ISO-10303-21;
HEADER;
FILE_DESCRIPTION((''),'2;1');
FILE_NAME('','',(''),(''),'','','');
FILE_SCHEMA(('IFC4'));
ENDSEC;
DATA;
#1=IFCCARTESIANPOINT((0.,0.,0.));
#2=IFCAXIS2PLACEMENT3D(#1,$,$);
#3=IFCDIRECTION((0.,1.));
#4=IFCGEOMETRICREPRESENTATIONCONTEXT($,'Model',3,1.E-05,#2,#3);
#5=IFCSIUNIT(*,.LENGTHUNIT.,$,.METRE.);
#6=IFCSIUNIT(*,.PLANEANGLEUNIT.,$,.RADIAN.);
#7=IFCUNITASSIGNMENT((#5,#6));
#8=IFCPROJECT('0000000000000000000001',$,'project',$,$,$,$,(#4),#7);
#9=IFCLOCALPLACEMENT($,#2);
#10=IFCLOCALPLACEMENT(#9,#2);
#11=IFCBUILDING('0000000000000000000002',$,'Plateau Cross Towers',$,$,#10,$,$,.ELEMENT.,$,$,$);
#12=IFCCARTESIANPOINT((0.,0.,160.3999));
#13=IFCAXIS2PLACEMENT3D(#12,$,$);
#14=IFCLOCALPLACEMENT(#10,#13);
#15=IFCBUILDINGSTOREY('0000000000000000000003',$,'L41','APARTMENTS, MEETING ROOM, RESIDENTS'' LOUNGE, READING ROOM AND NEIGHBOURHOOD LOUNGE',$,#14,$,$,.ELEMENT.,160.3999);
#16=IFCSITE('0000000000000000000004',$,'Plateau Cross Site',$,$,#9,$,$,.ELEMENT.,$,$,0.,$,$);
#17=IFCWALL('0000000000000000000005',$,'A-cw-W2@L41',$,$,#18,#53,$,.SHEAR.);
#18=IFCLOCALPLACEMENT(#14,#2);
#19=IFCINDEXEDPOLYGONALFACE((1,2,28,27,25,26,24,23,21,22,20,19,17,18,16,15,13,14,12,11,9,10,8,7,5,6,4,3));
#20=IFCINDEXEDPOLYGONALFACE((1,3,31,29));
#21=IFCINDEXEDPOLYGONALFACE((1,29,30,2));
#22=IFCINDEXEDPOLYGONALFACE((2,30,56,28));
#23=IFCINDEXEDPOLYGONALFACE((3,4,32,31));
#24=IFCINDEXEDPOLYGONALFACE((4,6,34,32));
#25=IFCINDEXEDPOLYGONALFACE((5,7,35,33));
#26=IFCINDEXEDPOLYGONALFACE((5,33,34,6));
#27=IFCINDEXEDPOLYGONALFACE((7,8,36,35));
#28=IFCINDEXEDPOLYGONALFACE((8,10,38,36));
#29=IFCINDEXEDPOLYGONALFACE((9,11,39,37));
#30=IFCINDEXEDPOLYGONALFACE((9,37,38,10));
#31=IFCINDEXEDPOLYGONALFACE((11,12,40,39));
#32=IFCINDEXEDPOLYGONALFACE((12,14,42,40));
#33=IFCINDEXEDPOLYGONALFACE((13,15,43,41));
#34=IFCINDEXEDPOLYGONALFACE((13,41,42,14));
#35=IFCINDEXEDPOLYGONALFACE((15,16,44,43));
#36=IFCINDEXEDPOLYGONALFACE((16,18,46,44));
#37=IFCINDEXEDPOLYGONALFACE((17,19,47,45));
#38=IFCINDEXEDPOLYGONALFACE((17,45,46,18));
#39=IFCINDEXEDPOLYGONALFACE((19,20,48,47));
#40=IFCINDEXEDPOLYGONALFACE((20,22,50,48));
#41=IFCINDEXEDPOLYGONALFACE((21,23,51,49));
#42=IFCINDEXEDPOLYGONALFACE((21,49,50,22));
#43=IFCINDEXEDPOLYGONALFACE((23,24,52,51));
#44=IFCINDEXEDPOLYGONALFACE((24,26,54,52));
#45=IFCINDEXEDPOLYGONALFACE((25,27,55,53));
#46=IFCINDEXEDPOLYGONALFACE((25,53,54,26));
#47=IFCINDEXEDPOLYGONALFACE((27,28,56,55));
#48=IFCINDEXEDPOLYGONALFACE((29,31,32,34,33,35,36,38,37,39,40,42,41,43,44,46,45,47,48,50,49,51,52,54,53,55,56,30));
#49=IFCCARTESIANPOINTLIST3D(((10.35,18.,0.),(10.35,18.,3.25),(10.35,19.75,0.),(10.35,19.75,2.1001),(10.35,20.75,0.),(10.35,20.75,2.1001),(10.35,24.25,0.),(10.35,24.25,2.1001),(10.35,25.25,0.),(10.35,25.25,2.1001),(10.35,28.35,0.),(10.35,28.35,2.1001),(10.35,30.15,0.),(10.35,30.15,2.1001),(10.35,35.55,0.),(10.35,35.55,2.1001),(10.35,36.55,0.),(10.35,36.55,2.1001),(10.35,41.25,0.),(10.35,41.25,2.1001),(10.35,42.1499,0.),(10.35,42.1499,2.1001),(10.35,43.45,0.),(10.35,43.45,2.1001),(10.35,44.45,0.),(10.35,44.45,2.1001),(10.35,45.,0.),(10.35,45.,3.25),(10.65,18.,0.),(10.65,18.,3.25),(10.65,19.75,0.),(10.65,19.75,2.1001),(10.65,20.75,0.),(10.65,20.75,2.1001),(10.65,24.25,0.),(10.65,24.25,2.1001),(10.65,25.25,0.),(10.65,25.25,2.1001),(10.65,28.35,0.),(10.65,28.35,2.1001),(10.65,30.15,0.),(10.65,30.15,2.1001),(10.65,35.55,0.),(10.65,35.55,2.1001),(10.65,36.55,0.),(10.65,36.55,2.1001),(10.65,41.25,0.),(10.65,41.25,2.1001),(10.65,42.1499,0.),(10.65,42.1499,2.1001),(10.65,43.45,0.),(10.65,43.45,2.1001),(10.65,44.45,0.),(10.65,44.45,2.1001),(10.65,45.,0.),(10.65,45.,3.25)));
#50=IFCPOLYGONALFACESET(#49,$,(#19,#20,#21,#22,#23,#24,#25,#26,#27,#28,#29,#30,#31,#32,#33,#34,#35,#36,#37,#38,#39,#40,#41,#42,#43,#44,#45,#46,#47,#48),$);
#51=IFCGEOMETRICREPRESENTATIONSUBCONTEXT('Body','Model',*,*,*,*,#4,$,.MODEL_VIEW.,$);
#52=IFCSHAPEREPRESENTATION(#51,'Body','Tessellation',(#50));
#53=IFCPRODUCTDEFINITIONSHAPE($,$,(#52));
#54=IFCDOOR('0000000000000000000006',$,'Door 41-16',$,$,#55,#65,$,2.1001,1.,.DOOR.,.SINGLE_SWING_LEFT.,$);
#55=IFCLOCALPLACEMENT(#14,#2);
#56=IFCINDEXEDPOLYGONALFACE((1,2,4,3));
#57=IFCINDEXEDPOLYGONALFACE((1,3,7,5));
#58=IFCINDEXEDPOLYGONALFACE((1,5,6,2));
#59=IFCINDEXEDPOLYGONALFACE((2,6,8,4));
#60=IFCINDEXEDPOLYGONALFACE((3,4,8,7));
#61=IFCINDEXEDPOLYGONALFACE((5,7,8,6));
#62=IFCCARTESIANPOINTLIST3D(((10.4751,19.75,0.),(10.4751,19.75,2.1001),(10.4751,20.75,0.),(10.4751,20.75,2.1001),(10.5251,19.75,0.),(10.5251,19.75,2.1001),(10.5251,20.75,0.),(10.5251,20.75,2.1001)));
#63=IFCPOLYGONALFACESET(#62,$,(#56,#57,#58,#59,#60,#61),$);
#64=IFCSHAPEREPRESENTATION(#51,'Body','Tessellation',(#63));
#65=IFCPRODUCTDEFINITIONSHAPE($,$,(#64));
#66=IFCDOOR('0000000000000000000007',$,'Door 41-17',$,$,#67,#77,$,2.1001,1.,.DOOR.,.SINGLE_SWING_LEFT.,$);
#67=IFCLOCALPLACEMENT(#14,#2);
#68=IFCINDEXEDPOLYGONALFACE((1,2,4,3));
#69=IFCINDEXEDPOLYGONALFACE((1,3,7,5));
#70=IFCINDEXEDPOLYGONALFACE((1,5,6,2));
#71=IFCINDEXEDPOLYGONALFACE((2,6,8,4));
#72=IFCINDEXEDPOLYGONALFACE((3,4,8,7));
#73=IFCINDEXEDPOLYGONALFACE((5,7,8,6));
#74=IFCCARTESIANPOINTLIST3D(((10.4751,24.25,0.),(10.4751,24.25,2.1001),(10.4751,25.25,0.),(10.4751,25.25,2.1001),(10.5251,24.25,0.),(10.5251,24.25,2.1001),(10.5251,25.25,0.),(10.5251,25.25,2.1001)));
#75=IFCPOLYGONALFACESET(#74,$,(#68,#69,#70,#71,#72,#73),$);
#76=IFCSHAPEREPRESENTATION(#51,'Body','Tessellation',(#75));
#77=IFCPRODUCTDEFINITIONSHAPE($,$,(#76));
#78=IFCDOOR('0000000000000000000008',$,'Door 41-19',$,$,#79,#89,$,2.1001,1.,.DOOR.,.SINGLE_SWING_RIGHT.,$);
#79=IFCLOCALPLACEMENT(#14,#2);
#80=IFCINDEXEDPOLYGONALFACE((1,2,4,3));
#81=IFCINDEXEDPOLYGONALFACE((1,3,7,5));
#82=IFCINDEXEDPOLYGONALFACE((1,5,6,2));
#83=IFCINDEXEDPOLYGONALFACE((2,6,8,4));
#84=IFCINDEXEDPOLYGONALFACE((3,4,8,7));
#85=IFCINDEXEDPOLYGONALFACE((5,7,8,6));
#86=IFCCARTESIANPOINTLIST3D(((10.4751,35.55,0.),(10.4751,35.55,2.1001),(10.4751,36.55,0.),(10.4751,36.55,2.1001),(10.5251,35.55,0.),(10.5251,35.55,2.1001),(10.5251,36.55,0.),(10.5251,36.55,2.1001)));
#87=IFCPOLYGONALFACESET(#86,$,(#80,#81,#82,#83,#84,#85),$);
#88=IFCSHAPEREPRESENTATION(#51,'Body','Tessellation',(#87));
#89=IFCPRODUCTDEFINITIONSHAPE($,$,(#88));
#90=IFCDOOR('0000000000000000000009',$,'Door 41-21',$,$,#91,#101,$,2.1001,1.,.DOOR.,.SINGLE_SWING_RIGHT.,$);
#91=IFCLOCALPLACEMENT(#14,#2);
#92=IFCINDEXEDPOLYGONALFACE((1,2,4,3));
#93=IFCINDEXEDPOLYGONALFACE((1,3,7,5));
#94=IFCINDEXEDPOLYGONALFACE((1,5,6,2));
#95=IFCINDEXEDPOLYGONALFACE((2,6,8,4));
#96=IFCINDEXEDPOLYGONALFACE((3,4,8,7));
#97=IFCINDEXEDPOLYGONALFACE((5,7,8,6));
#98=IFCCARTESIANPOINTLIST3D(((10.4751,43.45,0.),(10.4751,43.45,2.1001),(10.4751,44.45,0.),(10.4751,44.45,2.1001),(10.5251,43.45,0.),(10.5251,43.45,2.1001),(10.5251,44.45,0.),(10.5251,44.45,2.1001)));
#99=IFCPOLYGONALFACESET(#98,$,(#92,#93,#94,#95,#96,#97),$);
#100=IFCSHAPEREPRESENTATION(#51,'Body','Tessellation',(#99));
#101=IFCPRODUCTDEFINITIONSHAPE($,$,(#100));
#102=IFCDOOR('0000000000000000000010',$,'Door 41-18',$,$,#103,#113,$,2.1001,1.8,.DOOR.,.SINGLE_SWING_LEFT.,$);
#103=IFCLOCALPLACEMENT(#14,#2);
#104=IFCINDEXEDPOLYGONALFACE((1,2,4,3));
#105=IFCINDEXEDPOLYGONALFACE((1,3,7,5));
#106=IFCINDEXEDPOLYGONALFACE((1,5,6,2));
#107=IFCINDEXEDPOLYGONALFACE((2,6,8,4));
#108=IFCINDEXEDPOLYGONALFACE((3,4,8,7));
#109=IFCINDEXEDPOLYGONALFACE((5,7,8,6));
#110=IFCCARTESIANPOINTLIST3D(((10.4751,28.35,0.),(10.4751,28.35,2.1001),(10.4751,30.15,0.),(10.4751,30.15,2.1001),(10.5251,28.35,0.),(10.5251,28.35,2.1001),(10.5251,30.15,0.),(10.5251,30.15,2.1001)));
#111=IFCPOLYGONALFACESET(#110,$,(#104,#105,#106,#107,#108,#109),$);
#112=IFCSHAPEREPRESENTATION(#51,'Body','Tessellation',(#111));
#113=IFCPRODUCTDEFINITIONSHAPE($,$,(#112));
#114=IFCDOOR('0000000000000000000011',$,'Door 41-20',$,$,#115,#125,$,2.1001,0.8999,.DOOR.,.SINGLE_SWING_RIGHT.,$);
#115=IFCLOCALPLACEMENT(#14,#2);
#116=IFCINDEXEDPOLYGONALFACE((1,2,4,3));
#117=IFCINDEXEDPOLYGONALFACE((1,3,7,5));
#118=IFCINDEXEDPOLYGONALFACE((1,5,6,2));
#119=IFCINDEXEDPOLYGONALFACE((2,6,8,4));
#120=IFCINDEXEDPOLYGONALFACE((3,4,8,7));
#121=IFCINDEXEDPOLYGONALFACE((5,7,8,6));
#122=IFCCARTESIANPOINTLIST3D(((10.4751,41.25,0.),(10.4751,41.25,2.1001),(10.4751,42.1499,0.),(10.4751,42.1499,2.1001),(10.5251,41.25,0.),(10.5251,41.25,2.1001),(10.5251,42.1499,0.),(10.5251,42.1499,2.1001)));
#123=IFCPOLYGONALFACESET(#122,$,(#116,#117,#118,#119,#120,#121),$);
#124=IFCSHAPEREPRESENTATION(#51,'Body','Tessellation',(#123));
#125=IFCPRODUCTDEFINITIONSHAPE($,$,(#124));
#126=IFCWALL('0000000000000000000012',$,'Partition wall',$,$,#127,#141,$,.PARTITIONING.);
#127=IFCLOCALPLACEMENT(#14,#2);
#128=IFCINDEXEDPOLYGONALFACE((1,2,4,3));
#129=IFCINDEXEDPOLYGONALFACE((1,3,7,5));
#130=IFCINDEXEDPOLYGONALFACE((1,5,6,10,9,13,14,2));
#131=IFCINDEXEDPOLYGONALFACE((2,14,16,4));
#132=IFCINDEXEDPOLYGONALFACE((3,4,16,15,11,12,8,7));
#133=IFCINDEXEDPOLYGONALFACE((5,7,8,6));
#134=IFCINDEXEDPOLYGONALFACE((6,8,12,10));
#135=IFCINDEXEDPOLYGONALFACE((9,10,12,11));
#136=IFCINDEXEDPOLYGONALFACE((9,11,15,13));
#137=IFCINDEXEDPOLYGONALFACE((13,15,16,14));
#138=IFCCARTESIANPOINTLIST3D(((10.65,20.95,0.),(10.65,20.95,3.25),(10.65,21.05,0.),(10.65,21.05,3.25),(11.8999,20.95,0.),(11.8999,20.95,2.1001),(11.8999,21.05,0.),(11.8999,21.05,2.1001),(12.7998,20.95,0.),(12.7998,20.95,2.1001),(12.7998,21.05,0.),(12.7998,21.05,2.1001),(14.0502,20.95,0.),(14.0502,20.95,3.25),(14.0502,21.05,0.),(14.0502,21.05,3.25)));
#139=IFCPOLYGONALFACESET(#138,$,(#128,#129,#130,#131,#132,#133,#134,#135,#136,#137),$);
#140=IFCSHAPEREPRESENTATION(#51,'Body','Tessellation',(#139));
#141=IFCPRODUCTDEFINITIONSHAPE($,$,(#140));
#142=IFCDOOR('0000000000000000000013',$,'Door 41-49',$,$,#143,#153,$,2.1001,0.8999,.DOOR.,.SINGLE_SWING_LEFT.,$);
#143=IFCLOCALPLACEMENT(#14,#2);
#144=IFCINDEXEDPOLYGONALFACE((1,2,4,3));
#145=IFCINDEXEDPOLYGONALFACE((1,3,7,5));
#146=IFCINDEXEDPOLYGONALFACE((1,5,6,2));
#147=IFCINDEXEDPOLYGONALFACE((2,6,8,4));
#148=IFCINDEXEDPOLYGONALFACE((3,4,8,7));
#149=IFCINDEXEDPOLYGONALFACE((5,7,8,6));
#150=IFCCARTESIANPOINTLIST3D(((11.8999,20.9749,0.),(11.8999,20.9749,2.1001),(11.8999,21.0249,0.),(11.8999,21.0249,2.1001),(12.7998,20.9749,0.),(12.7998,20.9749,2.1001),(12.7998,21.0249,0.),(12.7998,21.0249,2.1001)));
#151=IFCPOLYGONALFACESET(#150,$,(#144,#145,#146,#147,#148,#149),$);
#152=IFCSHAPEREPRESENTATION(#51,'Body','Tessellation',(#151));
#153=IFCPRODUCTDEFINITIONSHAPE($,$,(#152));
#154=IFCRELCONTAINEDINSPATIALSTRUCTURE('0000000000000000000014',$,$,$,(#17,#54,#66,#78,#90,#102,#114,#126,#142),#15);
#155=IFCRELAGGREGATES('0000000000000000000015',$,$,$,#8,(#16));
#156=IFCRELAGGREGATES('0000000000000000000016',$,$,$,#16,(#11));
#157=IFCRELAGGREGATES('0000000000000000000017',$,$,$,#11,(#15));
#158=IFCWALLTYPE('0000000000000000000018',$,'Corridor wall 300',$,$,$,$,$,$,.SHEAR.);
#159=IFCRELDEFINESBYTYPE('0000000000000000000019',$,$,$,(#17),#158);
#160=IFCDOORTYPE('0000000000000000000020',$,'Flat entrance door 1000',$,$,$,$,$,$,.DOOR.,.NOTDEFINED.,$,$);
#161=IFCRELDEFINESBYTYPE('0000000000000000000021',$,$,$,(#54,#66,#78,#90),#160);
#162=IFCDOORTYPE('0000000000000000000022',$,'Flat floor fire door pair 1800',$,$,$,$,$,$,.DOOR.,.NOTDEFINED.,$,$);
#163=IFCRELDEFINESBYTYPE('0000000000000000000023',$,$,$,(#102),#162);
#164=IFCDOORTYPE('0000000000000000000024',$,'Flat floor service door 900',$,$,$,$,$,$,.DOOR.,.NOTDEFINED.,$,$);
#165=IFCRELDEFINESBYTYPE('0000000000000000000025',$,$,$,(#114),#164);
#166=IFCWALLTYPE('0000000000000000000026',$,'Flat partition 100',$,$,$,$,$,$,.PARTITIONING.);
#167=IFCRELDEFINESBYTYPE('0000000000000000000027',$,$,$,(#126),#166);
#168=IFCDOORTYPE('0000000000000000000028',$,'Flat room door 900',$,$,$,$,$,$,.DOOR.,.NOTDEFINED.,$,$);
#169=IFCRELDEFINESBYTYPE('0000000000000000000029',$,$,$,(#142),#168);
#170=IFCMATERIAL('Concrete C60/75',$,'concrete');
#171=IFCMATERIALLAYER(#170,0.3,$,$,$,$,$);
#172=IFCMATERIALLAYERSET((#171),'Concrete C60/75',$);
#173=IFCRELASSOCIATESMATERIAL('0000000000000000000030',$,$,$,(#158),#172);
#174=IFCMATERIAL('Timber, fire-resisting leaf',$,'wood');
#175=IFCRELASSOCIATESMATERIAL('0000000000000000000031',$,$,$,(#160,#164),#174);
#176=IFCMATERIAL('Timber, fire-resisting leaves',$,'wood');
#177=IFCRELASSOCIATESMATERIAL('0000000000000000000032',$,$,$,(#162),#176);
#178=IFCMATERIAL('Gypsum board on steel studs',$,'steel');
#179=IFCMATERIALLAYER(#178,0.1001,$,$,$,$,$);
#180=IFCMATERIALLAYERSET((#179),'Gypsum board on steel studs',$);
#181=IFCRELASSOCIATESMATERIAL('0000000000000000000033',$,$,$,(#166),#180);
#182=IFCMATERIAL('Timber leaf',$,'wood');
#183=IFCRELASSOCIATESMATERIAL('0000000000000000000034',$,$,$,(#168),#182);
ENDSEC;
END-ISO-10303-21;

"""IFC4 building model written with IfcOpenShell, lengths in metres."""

from ifc_helpers import new_model, si_unit, direction, frame, frame_2d, origin, place, context, subcontext, project, spatial, rectangle, extrude, material, layer, layer_set, type_object, element, fill, save


model = new_model("IFC4")

# Units and contexts
model_context = context("Model", 3, precision=1e-05, world=origin(), true_north=direction((0.0, 1.0)))
body_context = subcontext(model_context, "Body", "Model", "MODEL_VIEW")
ifc_project = project(units=[si_unit("LENGTHUNIT", "METRE"), si_unit("PLANEANGLEUNIT", "RADIAN")], contexts=[model_context])

# Site, building, storey
site_placement = place(None, origin())
site = spatial("IfcSite", under=ifc_project, at=site_placement, Name="Plateau Cross Site", CompositionType="ELEMENT", RefElevation=0.0)
building_placement = place(site_placement, origin())
building = spatial("IfcBuilding", under=site, at=building_placement, Name="Plateau Cross Towers", CompositionType="ELEMENT")
storey_placement = place(building_placement, frame((0.0, 0.0, 160.3999)))
storey = spatial("IfcBuildingStorey", under=building, at=storey_placement, Name="L41", Description="APARTMENTS, MEETING ROOM, RESIDENTS' LOUNGE, READING ROOM AND NEIGHBOURHOOD LOUNGE", CompositionType="ELEMENT", Elevation=160.3999)

# Wall, openings, doors
ifc_material_1 = material(Name="Concrete C60/75", Category="concrete")
ifc_layer_1 = layer(ifc_material_1, 0.3)
ifc_layer_set_1 = layer_set([ifc_layer_1], Name="Concrete C60/75")
wall_type_1 = type_object("IfcWallType", Name="Corridor wall 300", PredefinedType="SHEAR", material=ifc_layer_set_1)
ifc_material_2 = material(Name="Timber, fire-resisting leaf", Category="wood")
door_type_1 = type_object("IfcDoorType", Name="Flat entrance door 1000", OperationType="NOTDEFINED", PredefinedType="DOOR", material=ifc_material_2)
wall_1_placement = place(storey_placement, frame((10.5, 18.0, 0.0), z_axis=(0.0, 0.0, 1.0), x_axis=(0.0, 1.0, 0.0)))
wall_1 = element("IfcWall", 1, at=wall_1_placement, inside=storey, type_object=wall_type_1, Name="A-cw-W2@L41", PredefinedType="SHEAR", context=body_context, shape_type="SweptSolid", body=[
    extrude(rectangle(XDim=27.0, YDim=0.3, at=frame_2d((13.5, 0.0))), origin(), (0.0, 0.0, 1.0), 3.25),
])
opening_1_placement = place(wall_1_placement, frame((1.75, 0.0, 0.0)))
opening_1 = element("IfcOpeningElement", 2, at=opening_1_placement, cuts=wall_1, PredefinedType="OPENING", context=body_context, shape_type="SweptSolid", body=[
    extrude(rectangle(XDim=1.0, YDim=2.1001, at=frame_2d((0.5, 1.05))), frame((0.0, 0.1599, 0.0), z_axis=(0.0, -1.0, 0.0), x_axis=(1.0, 0.0, 0.0)), (0.0, 0.0, 1.0), 0.3201),
])
opening_2_placement = place(wall_1_placement, frame((6.25, 0.0, 0.0)))
opening_2 = element("IfcOpeningElement", 3, at=opening_2_placement, cuts=wall_1, PredefinedType="OPENING", context=body_context, shape_type="SweptSolid", body=[
    extrude(rectangle(XDim=1.0, YDim=2.1001, at=frame_2d((0.5, 1.05))), frame((0.0, 0.1599, 0.0), z_axis=(0.0, -1.0, 0.0), x_axis=(1.0, 0.0, 0.0)), (0.0, 0.0, 1.0), 0.3201),
])
opening_3_placement = place(wall_1_placement, frame((10.3501, 0.0, 0.0)))
opening_3 = element("IfcOpeningElement", 4, at=opening_3_placement, cuts=wall_1, PredefinedType="OPENING", context=body_context, shape_type="SweptSolid", body=[
    extrude(rectangle(XDim=1.8, YDim=2.1001, at=frame_2d((0.8999, 1.05))), frame((0.0, 0.1599, 0.0), z_axis=(0.0, -1.0, 0.0), x_axis=(1.0, 0.0, 0.0)), (0.0, 0.0, 1.0), 0.3201),
])
opening_4_placement = place(wall_1_placement, frame((17.55, 0.0, 0.0)))
opening_4 = element("IfcOpeningElement", 5, at=opening_4_placement, cuts=wall_1, PredefinedType="OPENING", context=body_context, shape_type="SweptSolid", body=[
    extrude(rectangle(XDim=1.0, YDim=2.1001, at=frame_2d((0.5, 1.05))), frame((0.0, 0.1599, 0.0), z_axis=(0.0, -1.0, 0.0), x_axis=(1.0, 0.0, 0.0)), (0.0, 0.0, 1.0), 0.3201),
])
opening_5_placement = place(wall_1_placement, frame((23.25, 0.0, 0.0)))
opening_5 = element("IfcOpeningElement", 6, at=opening_5_placement, cuts=wall_1, PredefinedType="OPENING", context=body_context, shape_type="SweptSolid", body=[
    extrude(rectangle(XDim=0.8999, YDim=2.1001, at=frame_2d((0.45, 1.05))), frame((0.0, 0.1599, 0.0), z_axis=(0.0, -1.0, 0.0), x_axis=(1.0, 0.0, 0.0)), (0.0, 0.0, 1.0), 0.3201),
])
opening_6_placement = place(wall_1_placement, frame((25.45, 0.0, 0.0)))
opening_6 = element("IfcOpeningElement", 7, at=opening_6_placement, cuts=wall_1, PredefinedType="OPENING", context=body_context, shape_type="SweptSolid", body=[
    extrude(rectangle(XDim=1.0, YDim=2.1001, at=frame_2d((0.5, 1.05))), frame((0.0, 0.1599, 0.0), z_axis=(0.0, -1.0, 0.0), x_axis=(1.0, 0.0, 0.0)), (0.0, 0.0, 1.0), 0.3201),
])
door_1_placement = place(opening_1_placement, origin())
door_1 = element("IfcDoor", 8, at=door_1_placement, inside=storey, type_object=door_type_1, Name="Door 41-16", OperationType="SINGLE_SWING_LEFT", OverallHeight=2.1001, OverallWidth=1.0, PredefinedType="DOOR", context=body_context, shape_type="SweptSolid", body=[
    extrude(rectangle(XDim=1.0, YDim=2.1001, at=frame_2d((0.5, 1.05))), frame((0.0, 0.0249, 0.0), z_axis=(0.0, -1.0, 0.0), x_axis=(1.0, 0.0, 0.0)), (0.0, 0.0, 1.0), 0.05),
])
fill(opening_1, door_1)
door_2_placement = place(opening_2_placement, origin())
door_2 = element("IfcDoor", 9, at=door_2_placement, inside=storey, type_object=door_type_1, Name="Door 41-17", OperationType="SINGLE_SWING_LEFT", OverallHeight=2.1001, OverallWidth=1.0, PredefinedType="DOOR", context=body_context, shape_type="SweptSolid", body=[
    extrude(rectangle(XDim=1.0, YDim=2.1001, at=frame_2d((0.5, 1.05))), frame((0.0, 0.0249, 0.0), z_axis=(0.0, -1.0, 0.0), x_axis=(1.0, 0.0, 0.0)), (0.0, 0.0, 1.0), 0.05),
])
fill(opening_2, door_2)
door_3_placement = place(opening_4_placement, origin())
door_3 = element("IfcDoor", 10, at=door_3_placement, inside=storey, type_object=door_type_1, Name="Door 41-19", OperationType="SINGLE_SWING_RIGHT", OverallHeight=2.1001, OverallWidth=1.0, PredefinedType="DOOR", context=body_context, shape_type="SweptSolid", body=[
    extrude(rectangle(XDim=1.0, YDim=2.1001, at=frame_2d((0.5, 1.05))), frame((0.0, 0.0249, 0.0), z_axis=(0.0, -1.0, 0.0), x_axis=(1.0, 0.0, 0.0)), (0.0, 0.0, 1.0), 0.05),
])
fill(opening_4, door_3)
door_4_placement = place(opening_6_placement, origin())
door_4 = element("IfcDoor", 11, at=door_4_placement, inside=storey, type_object=door_type_1, Name="Door 41-21", OperationType="SINGLE_SWING_RIGHT", OverallHeight=2.1001, OverallWidth=1.0, PredefinedType="DOOR", context=body_context, shape_type="SweptSolid", body=[
    extrude(rectangle(XDim=1.0, YDim=2.1001, at=frame_2d((0.5, 1.05))), frame((0.0, 0.0249, 0.0), z_axis=(0.0, -1.0, 0.0), x_axis=(1.0, 0.0, 0.0)), (0.0, 0.0, 1.0), 0.05),
])
fill(opening_6, door_4)
ifc_material_3 = material(Name="Timber, fire-resisting leaves", Category="wood")
door_type_2 = type_object("IfcDoorType", Name="Flat floor fire door pair 1800", OperationType="NOTDEFINED", PredefinedType="DOOR", material=ifc_material_3)
door_5_placement = place(opening_3_placement, origin())
door_5 = element("IfcDoor", 12, at=door_5_placement, inside=storey, type_object=door_type_2, Name="Door 41-18", OperationType="SINGLE_SWING_LEFT", OverallHeight=2.1001, OverallWidth=1.8, PredefinedType="DOOR", context=body_context, shape_type="SweptSolid", body=[
    extrude(rectangle(XDim=1.8, YDim=2.1001, at=frame_2d((0.8999, 1.05))), frame((0.0, 0.0249, 0.0), z_axis=(0.0, -1.0, 0.0), x_axis=(1.0, 0.0, 0.0)), (0.0, 0.0, 1.0), 0.05),
])
fill(opening_3, door_5)
door_type_3 = type_object("IfcDoorType", Name="Flat floor service door 900", OperationType="NOTDEFINED", PredefinedType="DOOR", material=ifc_material_2)
door_6_placement = place(opening_5_placement, origin())
door_6 = element("IfcDoor", 13, at=door_6_placement, inside=storey, type_object=door_type_3, Name="Door 41-20", OperationType="SINGLE_SWING_RIGHT", OverallHeight=2.1001, OverallWidth=0.8999, PredefinedType="DOOR", context=body_context, shape_type="SweptSolid", body=[
    extrude(rectangle(XDim=0.8999, YDim=2.1001, at=frame_2d((0.45, 1.05))), frame((0.0, 0.0249, 0.0), z_axis=(0.0, -1.0, 0.0), x_axis=(1.0, 0.0, 0.0)), (0.0, 0.0, 1.0), 0.05),
])
fill(opening_5, door_6)

# Wall, opening, door
ifc_material_4 = material(Name="Gypsum board on steel studs", Category="steel")
ifc_layer_2 = layer(ifc_material_4, 0.1001)
ifc_layer_set_2 = layer_set([ifc_layer_2], Name="Gypsum board on steel studs")
wall_type_2 = type_object("IfcWallType", Name="Flat partition 100", PredefinedType="PARTITIONING", material=ifc_layer_set_2)
wall_2_placement = place(storey_placement, frame((10.6499, 21.0, 0.0), z_axis=(0.0, 0.0, 1.0), x_axis=(1.0, 0.0, 0.0)))
wall_2 = element("IfcWall", 14, at=wall_2_placement, inside=storey, type_object=wall_type_2, Name="Partition wall", PredefinedType="PARTITIONING", context=body_context, shape_type="SweptSolid", body=[
    extrude(rectangle(XDim=3.4001, YDim=0.1001, at=frame_2d((1.7002, 0.0))), origin(), (0.0, 0.0, 1.0), 3.25),
])
opening_7_placement = place(wall_2_placement, frame((1.25, 0.0, 0.0)))
opening_7 = element("IfcOpeningElement", 15, at=opening_7_placement, cuts=wall_2, PredefinedType="OPENING", context=body_context, shape_type="SweptSolid", body=[
    extrude(rectangle(XDim=0.8999, YDim=2.1001, at=frame_2d((0.45, 1.05))), frame((0.0, 0.0601, 0.0), z_axis=(0.0, -1.0, 0.0), x_axis=(1.0, 0.0, 0.0)), (0.0, 0.0, 1.0), 0.1201),
])
ifc_material_5 = material(Name="Timber leaf", Category="wood")
door_type_4 = type_object("IfcDoorType", Name="Flat room door 900", OperationType="NOTDEFINED", PredefinedType="DOOR", material=ifc_material_5)
door_7_placement = place(opening_7_placement, origin())
door_7 = element("IfcDoor", 16, at=door_7_placement, inside=storey, type_object=door_type_4, Name="Door 41-49", OperationType="SINGLE_SWING_LEFT", OverallHeight=2.1001, OverallWidth=0.8999, PredefinedType="DOOR", context=body_context, shape_type="SweptSolid", body=[
    extrude(rectangle(XDim=0.8999, YDim=2.1001, at=frame_2d((0.45, 1.05))), frame((0.0, 0.0249, 0.0), z_axis=(0.0, -1.0, 0.0), x_axis=(1.0, 0.0, 0.0)), (0.0, 0.0, 1.0), 0.05),
])
fill(opening_7, door_7)

save(model, "model.ifc")
